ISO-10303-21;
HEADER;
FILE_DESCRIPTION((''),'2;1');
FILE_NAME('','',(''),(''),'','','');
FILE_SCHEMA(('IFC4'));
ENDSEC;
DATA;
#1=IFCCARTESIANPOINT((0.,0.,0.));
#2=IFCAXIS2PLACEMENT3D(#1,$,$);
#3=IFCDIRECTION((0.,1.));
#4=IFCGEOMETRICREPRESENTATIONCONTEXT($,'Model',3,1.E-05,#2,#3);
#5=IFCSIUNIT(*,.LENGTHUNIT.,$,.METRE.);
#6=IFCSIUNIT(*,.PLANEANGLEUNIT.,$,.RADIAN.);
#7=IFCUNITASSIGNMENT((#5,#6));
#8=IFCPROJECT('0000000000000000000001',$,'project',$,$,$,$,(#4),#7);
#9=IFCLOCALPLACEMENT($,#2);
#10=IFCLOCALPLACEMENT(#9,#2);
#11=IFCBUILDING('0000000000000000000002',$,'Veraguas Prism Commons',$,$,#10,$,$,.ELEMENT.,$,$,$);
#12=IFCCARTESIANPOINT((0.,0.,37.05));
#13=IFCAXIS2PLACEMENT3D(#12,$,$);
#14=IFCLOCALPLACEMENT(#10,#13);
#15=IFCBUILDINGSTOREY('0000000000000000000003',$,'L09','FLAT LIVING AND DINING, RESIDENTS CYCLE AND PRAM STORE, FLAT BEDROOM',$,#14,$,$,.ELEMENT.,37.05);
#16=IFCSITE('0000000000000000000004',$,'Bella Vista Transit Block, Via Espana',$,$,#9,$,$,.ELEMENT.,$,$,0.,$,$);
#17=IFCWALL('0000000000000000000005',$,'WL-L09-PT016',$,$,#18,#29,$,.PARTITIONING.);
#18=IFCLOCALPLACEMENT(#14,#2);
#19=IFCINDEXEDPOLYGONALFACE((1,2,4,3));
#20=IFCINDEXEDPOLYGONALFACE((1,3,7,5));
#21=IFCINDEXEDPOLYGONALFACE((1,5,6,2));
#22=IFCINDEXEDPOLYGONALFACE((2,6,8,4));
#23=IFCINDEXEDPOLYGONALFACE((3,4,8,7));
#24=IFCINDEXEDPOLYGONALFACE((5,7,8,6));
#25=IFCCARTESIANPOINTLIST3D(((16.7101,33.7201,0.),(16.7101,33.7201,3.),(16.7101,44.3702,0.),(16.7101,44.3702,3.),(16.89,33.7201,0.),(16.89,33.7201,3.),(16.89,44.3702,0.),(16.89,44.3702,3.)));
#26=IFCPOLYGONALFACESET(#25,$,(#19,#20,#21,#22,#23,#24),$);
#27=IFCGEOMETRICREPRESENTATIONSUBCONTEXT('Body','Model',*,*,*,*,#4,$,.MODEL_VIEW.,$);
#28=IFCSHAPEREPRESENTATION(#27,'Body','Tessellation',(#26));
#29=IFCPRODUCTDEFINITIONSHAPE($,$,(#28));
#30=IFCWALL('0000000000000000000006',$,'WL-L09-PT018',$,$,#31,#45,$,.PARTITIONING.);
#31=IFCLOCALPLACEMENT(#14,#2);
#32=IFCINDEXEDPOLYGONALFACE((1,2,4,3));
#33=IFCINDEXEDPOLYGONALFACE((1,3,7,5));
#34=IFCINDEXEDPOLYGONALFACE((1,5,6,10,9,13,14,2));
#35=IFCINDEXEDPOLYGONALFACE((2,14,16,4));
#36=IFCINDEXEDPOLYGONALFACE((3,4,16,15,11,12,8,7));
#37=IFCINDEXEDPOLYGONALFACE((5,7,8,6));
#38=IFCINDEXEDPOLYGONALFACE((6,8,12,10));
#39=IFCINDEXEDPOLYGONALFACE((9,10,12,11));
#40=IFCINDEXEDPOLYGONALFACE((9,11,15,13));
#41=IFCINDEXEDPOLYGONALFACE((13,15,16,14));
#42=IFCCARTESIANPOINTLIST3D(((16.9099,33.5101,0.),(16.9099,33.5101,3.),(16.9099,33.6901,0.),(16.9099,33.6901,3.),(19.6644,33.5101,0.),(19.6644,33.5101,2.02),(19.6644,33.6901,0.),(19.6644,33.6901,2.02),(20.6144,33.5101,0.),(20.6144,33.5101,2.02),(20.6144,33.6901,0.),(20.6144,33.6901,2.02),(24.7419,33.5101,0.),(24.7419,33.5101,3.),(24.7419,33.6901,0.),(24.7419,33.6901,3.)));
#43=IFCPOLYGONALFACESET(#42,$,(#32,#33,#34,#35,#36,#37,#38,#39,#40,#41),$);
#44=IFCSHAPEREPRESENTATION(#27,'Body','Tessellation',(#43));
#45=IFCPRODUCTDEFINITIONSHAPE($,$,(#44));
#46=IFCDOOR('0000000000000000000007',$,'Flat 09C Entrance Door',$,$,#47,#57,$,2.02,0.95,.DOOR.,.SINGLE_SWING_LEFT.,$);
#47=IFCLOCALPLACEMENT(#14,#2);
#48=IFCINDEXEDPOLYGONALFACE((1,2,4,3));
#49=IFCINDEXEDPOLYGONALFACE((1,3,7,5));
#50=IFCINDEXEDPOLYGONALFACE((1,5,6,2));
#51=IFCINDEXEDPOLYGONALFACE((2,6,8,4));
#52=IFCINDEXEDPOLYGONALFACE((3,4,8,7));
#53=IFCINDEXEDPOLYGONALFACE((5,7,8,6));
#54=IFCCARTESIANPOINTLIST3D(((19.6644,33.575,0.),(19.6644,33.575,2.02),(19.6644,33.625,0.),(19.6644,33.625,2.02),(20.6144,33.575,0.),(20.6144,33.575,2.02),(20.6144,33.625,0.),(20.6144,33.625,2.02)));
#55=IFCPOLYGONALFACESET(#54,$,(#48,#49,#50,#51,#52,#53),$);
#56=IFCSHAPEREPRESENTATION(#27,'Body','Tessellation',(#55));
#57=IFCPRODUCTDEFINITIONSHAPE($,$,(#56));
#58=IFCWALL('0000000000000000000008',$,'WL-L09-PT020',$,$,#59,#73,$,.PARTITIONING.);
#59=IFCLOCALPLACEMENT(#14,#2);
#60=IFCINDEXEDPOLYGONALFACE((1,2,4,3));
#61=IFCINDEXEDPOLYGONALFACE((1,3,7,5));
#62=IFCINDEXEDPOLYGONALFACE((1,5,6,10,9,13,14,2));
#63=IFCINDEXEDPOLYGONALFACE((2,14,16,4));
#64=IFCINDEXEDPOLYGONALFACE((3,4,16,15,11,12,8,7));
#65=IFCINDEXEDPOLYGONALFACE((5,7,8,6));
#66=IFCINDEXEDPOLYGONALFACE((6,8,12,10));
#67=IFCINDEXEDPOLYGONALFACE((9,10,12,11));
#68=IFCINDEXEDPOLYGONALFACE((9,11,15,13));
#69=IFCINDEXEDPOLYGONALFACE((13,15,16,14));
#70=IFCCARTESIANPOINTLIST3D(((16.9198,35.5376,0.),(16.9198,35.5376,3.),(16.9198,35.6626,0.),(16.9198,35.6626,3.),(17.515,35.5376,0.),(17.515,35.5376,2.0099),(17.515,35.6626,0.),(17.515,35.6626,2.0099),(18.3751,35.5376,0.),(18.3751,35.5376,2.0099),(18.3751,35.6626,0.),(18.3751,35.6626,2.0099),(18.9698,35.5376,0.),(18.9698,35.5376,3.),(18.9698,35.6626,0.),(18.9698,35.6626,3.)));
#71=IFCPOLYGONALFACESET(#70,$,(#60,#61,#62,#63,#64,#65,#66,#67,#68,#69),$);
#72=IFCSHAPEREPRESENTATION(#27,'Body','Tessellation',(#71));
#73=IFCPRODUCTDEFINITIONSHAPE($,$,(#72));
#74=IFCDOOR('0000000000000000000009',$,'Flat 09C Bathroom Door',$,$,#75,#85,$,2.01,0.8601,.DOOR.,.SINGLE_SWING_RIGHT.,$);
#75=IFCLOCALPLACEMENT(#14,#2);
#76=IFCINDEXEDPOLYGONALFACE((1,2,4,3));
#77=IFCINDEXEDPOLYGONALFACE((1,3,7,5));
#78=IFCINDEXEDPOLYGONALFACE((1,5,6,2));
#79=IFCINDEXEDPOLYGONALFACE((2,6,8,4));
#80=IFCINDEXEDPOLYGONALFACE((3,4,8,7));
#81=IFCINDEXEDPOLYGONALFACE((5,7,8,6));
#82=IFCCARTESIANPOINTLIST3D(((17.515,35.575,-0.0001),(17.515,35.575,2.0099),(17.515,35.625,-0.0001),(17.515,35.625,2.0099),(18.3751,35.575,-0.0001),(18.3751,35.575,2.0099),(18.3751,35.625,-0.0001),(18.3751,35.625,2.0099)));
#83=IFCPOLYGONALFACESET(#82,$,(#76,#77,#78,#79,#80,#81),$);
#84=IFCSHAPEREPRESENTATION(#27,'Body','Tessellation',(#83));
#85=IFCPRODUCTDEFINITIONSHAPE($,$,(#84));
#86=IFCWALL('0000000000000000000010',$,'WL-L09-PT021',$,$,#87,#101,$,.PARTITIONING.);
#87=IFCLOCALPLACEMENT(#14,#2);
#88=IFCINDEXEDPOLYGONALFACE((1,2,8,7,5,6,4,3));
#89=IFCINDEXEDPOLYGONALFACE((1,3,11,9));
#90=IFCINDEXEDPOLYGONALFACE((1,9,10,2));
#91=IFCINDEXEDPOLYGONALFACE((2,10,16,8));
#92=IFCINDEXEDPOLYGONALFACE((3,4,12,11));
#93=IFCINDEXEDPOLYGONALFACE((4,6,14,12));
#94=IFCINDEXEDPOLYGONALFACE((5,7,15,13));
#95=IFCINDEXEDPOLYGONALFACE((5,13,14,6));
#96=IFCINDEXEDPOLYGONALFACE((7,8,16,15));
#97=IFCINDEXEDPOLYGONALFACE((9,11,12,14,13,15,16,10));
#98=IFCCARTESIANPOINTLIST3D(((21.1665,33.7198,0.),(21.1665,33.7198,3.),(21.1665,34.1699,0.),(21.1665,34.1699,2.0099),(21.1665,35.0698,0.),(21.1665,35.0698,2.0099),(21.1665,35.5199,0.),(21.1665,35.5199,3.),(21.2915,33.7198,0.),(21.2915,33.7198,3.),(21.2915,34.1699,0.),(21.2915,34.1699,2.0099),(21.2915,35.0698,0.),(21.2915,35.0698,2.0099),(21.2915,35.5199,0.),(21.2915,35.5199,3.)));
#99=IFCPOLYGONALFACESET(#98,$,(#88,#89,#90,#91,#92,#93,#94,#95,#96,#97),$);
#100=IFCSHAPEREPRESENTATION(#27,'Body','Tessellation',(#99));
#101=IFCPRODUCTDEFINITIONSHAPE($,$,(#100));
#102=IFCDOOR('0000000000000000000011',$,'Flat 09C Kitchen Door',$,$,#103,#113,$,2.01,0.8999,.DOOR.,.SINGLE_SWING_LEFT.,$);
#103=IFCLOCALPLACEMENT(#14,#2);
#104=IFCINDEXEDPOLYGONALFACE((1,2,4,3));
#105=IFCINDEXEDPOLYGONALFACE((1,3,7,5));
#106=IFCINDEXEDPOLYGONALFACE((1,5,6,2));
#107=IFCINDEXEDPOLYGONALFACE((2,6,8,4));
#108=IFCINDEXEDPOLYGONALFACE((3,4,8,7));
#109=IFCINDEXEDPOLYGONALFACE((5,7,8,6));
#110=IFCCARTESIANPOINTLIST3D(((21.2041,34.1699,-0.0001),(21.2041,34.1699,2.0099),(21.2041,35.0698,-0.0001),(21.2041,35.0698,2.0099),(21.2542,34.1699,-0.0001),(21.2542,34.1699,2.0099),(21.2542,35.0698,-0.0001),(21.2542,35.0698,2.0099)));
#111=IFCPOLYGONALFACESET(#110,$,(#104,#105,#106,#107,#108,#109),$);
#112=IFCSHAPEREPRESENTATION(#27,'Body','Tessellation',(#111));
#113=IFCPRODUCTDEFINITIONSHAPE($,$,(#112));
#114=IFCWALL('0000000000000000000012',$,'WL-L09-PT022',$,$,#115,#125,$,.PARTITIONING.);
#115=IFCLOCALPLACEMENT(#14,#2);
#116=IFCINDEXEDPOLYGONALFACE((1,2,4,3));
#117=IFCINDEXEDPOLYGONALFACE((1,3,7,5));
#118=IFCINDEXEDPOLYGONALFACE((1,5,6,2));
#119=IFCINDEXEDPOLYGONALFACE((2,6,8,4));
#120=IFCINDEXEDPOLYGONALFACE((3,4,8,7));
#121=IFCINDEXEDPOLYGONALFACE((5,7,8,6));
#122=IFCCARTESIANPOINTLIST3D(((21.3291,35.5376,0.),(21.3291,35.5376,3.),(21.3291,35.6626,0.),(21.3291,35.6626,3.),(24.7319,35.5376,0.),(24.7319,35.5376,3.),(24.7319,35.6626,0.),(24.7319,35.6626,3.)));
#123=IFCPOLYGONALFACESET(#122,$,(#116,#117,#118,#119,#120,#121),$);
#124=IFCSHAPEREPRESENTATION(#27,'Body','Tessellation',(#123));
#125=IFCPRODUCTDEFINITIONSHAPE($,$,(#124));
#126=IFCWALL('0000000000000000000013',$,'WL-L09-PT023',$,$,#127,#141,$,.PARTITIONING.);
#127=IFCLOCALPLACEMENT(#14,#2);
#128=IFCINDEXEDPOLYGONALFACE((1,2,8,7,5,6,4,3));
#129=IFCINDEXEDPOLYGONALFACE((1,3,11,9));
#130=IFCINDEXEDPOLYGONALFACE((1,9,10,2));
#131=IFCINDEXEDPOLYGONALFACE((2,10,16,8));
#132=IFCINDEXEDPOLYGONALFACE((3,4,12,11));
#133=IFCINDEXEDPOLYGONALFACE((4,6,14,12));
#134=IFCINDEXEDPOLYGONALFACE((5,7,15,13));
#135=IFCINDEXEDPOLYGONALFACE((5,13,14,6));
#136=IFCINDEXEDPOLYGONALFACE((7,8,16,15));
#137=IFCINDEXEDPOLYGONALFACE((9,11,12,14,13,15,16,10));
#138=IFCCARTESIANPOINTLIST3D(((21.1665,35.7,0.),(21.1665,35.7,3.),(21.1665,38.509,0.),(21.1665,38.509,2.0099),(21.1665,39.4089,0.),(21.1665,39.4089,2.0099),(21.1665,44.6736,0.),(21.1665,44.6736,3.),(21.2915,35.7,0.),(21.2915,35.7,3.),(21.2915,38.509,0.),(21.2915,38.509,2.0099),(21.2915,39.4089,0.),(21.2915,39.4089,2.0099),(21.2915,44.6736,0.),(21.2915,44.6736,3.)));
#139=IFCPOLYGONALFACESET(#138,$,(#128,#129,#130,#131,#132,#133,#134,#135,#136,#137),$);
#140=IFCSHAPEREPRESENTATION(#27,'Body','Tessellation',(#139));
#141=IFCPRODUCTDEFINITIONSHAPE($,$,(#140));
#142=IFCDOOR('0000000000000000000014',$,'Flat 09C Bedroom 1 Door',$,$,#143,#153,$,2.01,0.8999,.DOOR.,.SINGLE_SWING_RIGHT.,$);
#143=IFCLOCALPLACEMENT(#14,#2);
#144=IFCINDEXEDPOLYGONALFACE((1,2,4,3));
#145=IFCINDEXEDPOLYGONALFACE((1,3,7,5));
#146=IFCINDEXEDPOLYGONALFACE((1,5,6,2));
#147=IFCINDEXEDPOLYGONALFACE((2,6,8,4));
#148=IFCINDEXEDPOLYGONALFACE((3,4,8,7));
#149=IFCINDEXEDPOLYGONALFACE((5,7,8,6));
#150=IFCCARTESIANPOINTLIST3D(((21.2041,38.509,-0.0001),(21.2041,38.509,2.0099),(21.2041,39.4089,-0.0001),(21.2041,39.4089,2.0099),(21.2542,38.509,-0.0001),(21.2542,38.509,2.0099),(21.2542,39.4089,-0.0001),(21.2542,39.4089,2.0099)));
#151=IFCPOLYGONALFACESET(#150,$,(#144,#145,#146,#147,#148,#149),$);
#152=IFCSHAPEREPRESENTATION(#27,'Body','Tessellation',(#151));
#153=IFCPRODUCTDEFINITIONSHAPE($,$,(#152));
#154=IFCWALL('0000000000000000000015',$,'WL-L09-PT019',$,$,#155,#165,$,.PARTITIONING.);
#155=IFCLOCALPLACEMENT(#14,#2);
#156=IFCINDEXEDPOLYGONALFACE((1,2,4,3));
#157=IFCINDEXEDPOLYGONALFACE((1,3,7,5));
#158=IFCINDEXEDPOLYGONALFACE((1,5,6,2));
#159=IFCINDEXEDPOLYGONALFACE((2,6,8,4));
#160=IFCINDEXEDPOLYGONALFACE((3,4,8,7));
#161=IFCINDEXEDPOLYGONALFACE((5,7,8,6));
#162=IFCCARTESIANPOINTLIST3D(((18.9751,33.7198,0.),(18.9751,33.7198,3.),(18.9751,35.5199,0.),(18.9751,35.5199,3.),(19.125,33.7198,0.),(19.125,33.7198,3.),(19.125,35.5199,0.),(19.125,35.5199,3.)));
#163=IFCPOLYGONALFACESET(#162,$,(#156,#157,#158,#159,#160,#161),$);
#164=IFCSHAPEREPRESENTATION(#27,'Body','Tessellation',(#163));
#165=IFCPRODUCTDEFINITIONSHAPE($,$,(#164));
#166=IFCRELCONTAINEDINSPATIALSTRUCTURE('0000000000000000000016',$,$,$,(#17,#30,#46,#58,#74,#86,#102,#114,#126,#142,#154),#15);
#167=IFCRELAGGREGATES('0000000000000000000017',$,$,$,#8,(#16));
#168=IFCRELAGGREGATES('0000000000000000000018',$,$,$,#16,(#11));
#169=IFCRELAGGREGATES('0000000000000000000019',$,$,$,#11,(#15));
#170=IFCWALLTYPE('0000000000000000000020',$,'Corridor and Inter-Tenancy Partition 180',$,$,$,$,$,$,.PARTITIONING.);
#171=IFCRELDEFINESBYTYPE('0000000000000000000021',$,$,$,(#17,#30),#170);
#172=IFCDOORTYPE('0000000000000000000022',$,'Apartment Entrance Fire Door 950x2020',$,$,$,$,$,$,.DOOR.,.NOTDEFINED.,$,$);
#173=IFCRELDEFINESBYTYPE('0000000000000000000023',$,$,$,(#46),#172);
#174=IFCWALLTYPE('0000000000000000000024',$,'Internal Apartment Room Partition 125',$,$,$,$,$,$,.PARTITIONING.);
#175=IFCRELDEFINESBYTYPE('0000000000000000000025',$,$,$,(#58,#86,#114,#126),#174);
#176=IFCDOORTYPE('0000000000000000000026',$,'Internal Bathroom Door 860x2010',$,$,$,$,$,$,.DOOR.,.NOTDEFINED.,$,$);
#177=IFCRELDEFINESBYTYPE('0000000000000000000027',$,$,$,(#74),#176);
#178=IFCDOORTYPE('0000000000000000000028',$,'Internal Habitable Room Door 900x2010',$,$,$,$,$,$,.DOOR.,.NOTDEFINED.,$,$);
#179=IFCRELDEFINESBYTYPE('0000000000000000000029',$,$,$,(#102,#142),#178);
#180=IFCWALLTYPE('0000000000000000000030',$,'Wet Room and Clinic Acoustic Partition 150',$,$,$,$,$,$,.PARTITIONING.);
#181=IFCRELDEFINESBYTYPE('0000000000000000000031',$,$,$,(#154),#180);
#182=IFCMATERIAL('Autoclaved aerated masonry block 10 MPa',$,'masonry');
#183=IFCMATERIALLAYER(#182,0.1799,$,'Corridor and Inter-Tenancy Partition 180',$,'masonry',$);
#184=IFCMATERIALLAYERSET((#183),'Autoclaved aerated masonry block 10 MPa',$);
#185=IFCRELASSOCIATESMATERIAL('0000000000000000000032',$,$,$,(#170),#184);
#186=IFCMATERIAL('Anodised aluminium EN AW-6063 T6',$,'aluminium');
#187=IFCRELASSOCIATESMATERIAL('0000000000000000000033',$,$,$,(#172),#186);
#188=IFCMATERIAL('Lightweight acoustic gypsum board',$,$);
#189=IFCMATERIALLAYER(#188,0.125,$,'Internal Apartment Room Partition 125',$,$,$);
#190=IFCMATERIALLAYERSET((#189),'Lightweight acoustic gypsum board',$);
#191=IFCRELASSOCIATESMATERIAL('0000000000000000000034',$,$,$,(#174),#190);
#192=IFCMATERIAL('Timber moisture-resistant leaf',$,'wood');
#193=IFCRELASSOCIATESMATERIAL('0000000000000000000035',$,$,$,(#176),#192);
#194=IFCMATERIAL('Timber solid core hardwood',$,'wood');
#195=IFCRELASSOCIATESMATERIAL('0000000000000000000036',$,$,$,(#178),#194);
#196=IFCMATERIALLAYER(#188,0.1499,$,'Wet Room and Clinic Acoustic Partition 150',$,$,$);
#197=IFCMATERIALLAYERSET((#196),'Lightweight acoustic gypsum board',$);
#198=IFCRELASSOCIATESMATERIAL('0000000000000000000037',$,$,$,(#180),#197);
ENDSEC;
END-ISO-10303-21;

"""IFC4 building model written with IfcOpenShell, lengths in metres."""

from ifc_helpers import new_model, si_unit, direction, frame, frame_2d, origin, place, context, subcontext, project, spatial, rectangle, extrude, source, transform, mapped, material, layer, layer_set, type_object, element, fill, save


model = new_model("IFC4")

# Units and contexts
model_context = context("Model", 3, precision=1e-05, world=origin(), true_north=direction((0.0, 1.0)))
body_context = subcontext(model_context, "Body", "Model", "MODEL_VIEW")
ifc_project = project(units=[si_unit("LENGTHUNIT", "METRE"), si_unit("PLANEANGLEUNIT", "RADIAN")], contexts=[model_context])

# Site, building, storey
site_placement = place(None, origin())
site = spatial("IfcSite", under=ifc_project, at=site_placement, Name="Bella Vista Transit Block, Via Espana", CompositionType="ELEMENT", RefElevation=0.0)
building_placement = place(site_placement, origin())
building = spatial("IfcBuilding", under=site, at=building_placement, Name="Veraguas Prism Commons", CompositionType="ELEMENT")
storey_placement = place(building_placement, frame((0.0, 0.0, 37.05)))
storey = spatial("IfcBuildingStorey", under=building, at=storey_placement, Name="L09", Description="FLAT LIVING AND DINING, RESIDENTS CYCLE AND PRAM STORE, FLAT BEDROOM", CompositionType="ELEMENT", Elevation=37.05)

# Shared definitions
ifc_material_1 = material(Name="Anodised aluminium EN AW-6063 T6", Category="aluminium")

# Wall
ifc_material_2 = material(Name="Autoclaved aerated masonry block 10 MPa", Category="masonry")
ifc_layer_1 = layer(ifc_material_2, 0.1799, Name="Corridor and Inter-Tenancy Partition 180", Category="masonry")
ifc_layer_set_1 = layer_set([ifc_layer_1], Name="Autoclaved aerated masonry block 10 MPa")
wall_type_1 = type_object("IfcWallType", Name="Corridor and Inter-Tenancy Partition 180", PredefinedType="PARTITIONING", material=ifc_layer_set_1)
wall_1_placement = place(storey_placement, frame((16.8, 33.72, 0.0), z_axis=(0.0, 0.0, 1.0), x_axis=(0.0, 1.0, 0.0)))
element("IfcWall", 1, at=wall_1_placement, inside=storey, type_object=wall_type_1, Name="WL-L09-PT016", PredefinedType="PARTITIONING", context=body_context, shape_type="SweptSolid", body=[
    extrude(rectangle(XDim=10.6501, YDim=0.1799, at=frame_2d((5.3252, 0.0))), origin(), (0.0, 0.0, 1.0), 3.0),
])

# Walls, openings, doors
wall_2_placement = place(storey_placement, frame((16.9099, 33.6001, 0.0), z_axis=(0.0, 0.0, 1.0), x_axis=(1.0, 0.0, 0.0)))
wall_2 = element("IfcWall", 2, at=wall_2_placement, inside=storey, type_object=wall_type_1, Name="WL-L09-PT018", PredefinedType="PARTITIONING", context=body_context, shape_type="SweptSolid", body=[
    extrude(rectangle(XDim=7.832, YDim=0.1799, at=frame_2d((3.916, 0.0))), origin(), (0.0, 0.0, 1.0), 3.0),
])
opening_1_placement = place(wall_2_placement, frame((2.7544, 0.0, 0.0)))
opening_1 = element("IfcOpeningElement", 3, at=opening_1_placement, cuts=wall_2, PredefinedType="OPENING", context=body_context, shape_type="SweptSolid", body=[
    extrude(rectangle(XDim=0.95, YDim=2.02, at=frame_2d((0.4751, 1.01))), frame((0.0, 0.0999, 0.0), z_axis=(0.0, -1.0, 0.0), x_axis=(1.0, 0.0, 0.0)), (0.0, 0.0, 1.0), 0.2),
])
door_type_1 = type_object("IfcDoorType", Name="Apartment Entrance Fire Door 950x2020", OperationType="NOTDEFINED", PredefinedType="DOOR", material=ifc_material_1)
shared_shape_1 = source(origin(), body_context, "Body", "SweptSolid", [
    extrude(rectangle(XDim=0.95, YDim=2.02, at=frame_2d((0.4751, 1.01))), frame((0.0, 0.0249, 0.0), z_axis=(0.0, -1.0, 0.0), x_axis=(1.0, 0.0, 0.0)), (0.0, 0.0, 1.0), 0.05),
])
door_1_placement = place(opening_1_placement, origin())
door_1 = element("IfcDoor", 4, at=door_1_placement, inside=storey, type_object=door_type_1, Name="Flat 09C Entrance Door", OperationType="SINGLE_SWING_LEFT", OverallHeight=2.02, OverallWidth=0.95, PredefinedType="DOOR", context=body_context, shape_type="MappedRepresentation", body=[
    mapped(shared_shape_1, transform((0.0, 0.0, 0.0), scale=1.0)),
])
fill(opening_1, door_1)
ifc_material_3 = material(Name="Lightweight acoustic gypsum board")
ifc_layer_2 = layer(ifc_material_3, 0.125, Name="Internal Apartment Room Partition 125")
ifc_layer_set_2 = layer_set([ifc_layer_2], Name="Lightweight acoustic gypsum board")
wall_type_2 = type_object("IfcWallType", Name="Internal Apartment Room Partition 125", PredefinedType="PARTITIONING", material=ifc_layer_set_2)
wall_3_placement = place(storey_placement, frame((16.9199, 35.6001, 0.0), z_axis=(0.0, 0.0, 1.0), x_axis=(1.0, 0.0, 0.0)))
wall_3 = element("IfcWall", 5, at=wall_3_placement, inside=storey, type_object=wall_type_2, Name="WL-L09-PT020", PredefinedType="PARTITIONING", context=body_context, shape_type="SweptSolid", body=[
    extrude(rectangle(XDim=2.05, YDim=0.125, at=frame_2d((1.0249, 0.0))), origin(), (0.0, 0.0, 1.0), 3.0),
])
opening_2_placement = place(wall_3_placement, frame((0.595, 0.0, 0.0)))
opening_2 = element("IfcOpeningElement", 6, at=opening_2_placement, cuts=wall_3, PredefinedType="OPENING", context=body_context, shape_type="SweptSolid", body=[
    extrude(rectangle(XDim=0.8601, YDim=2.01, at=frame_2d((0.4302, 1.0049))), frame((0.0, 0.0725, 0.0), z_axis=(0.0, -1.0, 0.0), x_axis=(1.0, 0.0, 0.0)), (0.0, 0.0, 1.0), 0.145),
])
ifc_material_4 = material(Name="Timber moisture-resistant leaf", Category="wood")
door_type_2 = type_object("IfcDoorType", Name="Internal Bathroom Door 860x2010", OperationType="NOTDEFINED", PredefinedType="DOOR", material=ifc_material_4)
shared_shape_2 = source(origin(), body_context, "Body", "SweptSolid", [
    extrude(rectangle(XDim=0.8601, YDim=2.01, at=frame_2d((0.4302, 1.0049))), frame((0.0, 0.0249, 0.0), z_axis=(0.0, -1.0, 0.0), x_axis=(1.0, 0.0, 0.0)), (0.0, 0.0, 1.0), 0.05),
])
door_2_placement = place(opening_2_placement, origin())
door_2 = element("IfcDoor", 7, at=door_2_placement, inside=storey, type_object=door_type_2, Name="Flat 09C Bathroom Door", OperationType="SINGLE_SWING_RIGHT", OverallHeight=2.01, OverallWidth=0.8601, PredefinedType="DOOR", context=body_context, shape_type="MappedRepresentation", body=[
    mapped(shared_shape_2, transform((0.0, 0.0, 0.0), scale=1.0)),
])
fill(opening_2, door_2)
wall_4_placement = place(storey_placement, frame((21.229, 33.72, 0.0), z_axis=(0.0, 0.0, 1.0), x_axis=(0.0, 1.0, 0.0)))
wall_4 = element("IfcWall", 8, at=wall_4_placement, inside=storey, type_object=wall_type_2, Name="WL-L09-PT021", PredefinedType="PARTITIONING", context=body_context, shape_type="SweptSolid", body=[
    extrude(rectangle(XDim=1.8, YDim=0.125, at=frame_2d((0.8999, 0.0))), origin(), (0.0, 0.0, 1.0), 3.0),
])
opening_3_placement = place(wall_4_placement, frame((0.45, 0.0, 0.0)))
opening_3 = element("IfcOpeningElement", 9, at=opening_3_placement, cuts=wall_4, PredefinedType="OPENING", context=body_context, shape_type="SweptSolid", body=[
    extrude(rectangle(XDim=0.8999, YDim=2.01, at=frame_2d((0.45, 1.0049))), frame((0.0, 0.0725, 0.0), z_axis=(0.0, -1.0, 0.0), x_axis=(1.0, 0.0, 0.0)), (0.0, 0.0, 1.0), 0.145),
])
ifc_material_5 = material(Name="Timber solid core hardwood", Category="wood")
door_type_3 = type_object("IfcDoorType", Name="Internal Habitable Room Door 900x2010", OperationType="NOTDEFINED", PredefinedType="DOOR", material=ifc_material_5)
shared_shape_3 = source(origin(), body_context, "Body", "SweptSolid", [
    extrude(rectangle(XDim=0.8999, YDim=2.01, at=frame_2d((0.45, 1.0049))), frame((0.0, 0.0249, 0.0), z_axis=(0.0, -1.0, 0.0), x_axis=(1.0, 0.0, 0.0)), (0.0, 0.0, 1.0), 0.05),
])
door_3_placement = place(opening_3_placement, origin())
door_3 = element("IfcDoor", 10, at=door_3_placement, inside=storey, type_object=door_type_3, Name="Flat 09C Kitchen Door", OperationType="SINGLE_SWING_LEFT", OverallHeight=2.01, OverallWidth=0.8999, PredefinedType="DOOR", context=body_context, shape_type="MappedRepresentation", body=[
    mapped(shared_shape_3, transform((0.0, 0.0, 0.0), scale=1.0)),
])
fill(opening_3, door_3)

# Wall
wall_5_placement = place(storey_placement, frame((21.3291, 35.6001, 0.0), z_axis=(0.0, 0.0, 1.0), x_axis=(1.0, 0.0, 0.0)))
element("IfcWall", 11, at=wall_5_placement, inside=storey, type_object=wall_type_2, Name="WL-L09-PT022", PredefinedType="PARTITIONING", context=body_context, shape_type="SweptSolid", body=[
    extrude(rectangle(XDim=3.4028, YDim=0.125, at=frame_2d((1.7014, 0.0))), origin(), (0.0, 0.0, 1.0), 3.0),
])

# Wall, opening, door
wall_6_placement = place(storey_placement, frame((21.229, 35.7, 0.0), z_axis=(0.0, 0.0, 1.0), x_axis=(0.0, 1.0, 0.0)))
wall_6 = element("IfcWall", 12, at=wall_6_placement, inside=storey, type_object=wall_type_2, Name="WL-L09-PT023", PredefinedType="PARTITIONING", context=body_context, shape_type="SweptSolid", body=[
    extrude(rectangle(XDim=8.9736, YDim=0.125, at=frame_2d((4.4868, 0.0))), origin(), (0.0, 0.0, 1.0), 3.0),
])
opening_4_placement = place(wall_6_placement, frame((2.8091, 0.0, 0.0)))
opening_4 = element("IfcOpeningElement", 13, at=opening_4_placement, cuts=wall_6, PredefinedType="OPENING", context=body_context, shape_type="SweptSolid", body=[
    extrude(rectangle(XDim=0.8999, YDim=2.01, at=frame_2d((0.45, 1.0049))), frame((0.0, 0.0725, 0.0), z_axis=(0.0, -1.0, 0.0), x_axis=(1.0, 0.0, 0.0)), (0.0, 0.0, 1.0), 0.145),
])
door_4_placement = place(opening_4_placement, origin())
door_4 = element("IfcDoor", 14, at=door_4_placement, inside=storey, type_object=door_type_3, Name="Flat 09C Bedroom 1 Door", OperationType="SINGLE_SWING_RIGHT", OverallHeight=2.01, OverallWidth=0.8999, PredefinedType="DOOR", context=body_context, shape_type="MappedRepresentation", body=[
    mapped(shared_shape_3, transform((0.0, 0.0, 0.0), scale=1.0)),
])
fill(opening_4, door_4)

# Wall
ifc_layer_3 = layer(ifc_material_3, 0.1499, Name="Wet Room and Clinic Acoustic Partition 150")
ifc_layer_set_3 = layer_set([ifc_layer_3], Name="Lightweight acoustic gypsum board")
wall_type_3 = type_object("IfcWallType", Name="Wet Room and Clinic Acoustic Partition 150", PredefinedType="PARTITIONING", material=ifc_layer_set_3)
wall_7_placement = place(storey_placement, frame((19.05, 33.72, 0.0), z_axis=(0.0, 0.0, 1.0), x_axis=(0.0, 1.0, 0.0)))
element("IfcWall", 15, at=wall_7_placement, inside=storey, type_object=wall_type_3, Name="WL-L09-PT019", PredefinedType="PARTITIONING", context=body_context, shape_type="SweptSolid", body=[
    extrude(rectangle(XDim=1.8, YDim=0.1499, at=frame_2d((0.8999, 0.0))), origin(), (0.0, 0.0, 1.0), 3.0),
])

save(model, "model.ifc")
